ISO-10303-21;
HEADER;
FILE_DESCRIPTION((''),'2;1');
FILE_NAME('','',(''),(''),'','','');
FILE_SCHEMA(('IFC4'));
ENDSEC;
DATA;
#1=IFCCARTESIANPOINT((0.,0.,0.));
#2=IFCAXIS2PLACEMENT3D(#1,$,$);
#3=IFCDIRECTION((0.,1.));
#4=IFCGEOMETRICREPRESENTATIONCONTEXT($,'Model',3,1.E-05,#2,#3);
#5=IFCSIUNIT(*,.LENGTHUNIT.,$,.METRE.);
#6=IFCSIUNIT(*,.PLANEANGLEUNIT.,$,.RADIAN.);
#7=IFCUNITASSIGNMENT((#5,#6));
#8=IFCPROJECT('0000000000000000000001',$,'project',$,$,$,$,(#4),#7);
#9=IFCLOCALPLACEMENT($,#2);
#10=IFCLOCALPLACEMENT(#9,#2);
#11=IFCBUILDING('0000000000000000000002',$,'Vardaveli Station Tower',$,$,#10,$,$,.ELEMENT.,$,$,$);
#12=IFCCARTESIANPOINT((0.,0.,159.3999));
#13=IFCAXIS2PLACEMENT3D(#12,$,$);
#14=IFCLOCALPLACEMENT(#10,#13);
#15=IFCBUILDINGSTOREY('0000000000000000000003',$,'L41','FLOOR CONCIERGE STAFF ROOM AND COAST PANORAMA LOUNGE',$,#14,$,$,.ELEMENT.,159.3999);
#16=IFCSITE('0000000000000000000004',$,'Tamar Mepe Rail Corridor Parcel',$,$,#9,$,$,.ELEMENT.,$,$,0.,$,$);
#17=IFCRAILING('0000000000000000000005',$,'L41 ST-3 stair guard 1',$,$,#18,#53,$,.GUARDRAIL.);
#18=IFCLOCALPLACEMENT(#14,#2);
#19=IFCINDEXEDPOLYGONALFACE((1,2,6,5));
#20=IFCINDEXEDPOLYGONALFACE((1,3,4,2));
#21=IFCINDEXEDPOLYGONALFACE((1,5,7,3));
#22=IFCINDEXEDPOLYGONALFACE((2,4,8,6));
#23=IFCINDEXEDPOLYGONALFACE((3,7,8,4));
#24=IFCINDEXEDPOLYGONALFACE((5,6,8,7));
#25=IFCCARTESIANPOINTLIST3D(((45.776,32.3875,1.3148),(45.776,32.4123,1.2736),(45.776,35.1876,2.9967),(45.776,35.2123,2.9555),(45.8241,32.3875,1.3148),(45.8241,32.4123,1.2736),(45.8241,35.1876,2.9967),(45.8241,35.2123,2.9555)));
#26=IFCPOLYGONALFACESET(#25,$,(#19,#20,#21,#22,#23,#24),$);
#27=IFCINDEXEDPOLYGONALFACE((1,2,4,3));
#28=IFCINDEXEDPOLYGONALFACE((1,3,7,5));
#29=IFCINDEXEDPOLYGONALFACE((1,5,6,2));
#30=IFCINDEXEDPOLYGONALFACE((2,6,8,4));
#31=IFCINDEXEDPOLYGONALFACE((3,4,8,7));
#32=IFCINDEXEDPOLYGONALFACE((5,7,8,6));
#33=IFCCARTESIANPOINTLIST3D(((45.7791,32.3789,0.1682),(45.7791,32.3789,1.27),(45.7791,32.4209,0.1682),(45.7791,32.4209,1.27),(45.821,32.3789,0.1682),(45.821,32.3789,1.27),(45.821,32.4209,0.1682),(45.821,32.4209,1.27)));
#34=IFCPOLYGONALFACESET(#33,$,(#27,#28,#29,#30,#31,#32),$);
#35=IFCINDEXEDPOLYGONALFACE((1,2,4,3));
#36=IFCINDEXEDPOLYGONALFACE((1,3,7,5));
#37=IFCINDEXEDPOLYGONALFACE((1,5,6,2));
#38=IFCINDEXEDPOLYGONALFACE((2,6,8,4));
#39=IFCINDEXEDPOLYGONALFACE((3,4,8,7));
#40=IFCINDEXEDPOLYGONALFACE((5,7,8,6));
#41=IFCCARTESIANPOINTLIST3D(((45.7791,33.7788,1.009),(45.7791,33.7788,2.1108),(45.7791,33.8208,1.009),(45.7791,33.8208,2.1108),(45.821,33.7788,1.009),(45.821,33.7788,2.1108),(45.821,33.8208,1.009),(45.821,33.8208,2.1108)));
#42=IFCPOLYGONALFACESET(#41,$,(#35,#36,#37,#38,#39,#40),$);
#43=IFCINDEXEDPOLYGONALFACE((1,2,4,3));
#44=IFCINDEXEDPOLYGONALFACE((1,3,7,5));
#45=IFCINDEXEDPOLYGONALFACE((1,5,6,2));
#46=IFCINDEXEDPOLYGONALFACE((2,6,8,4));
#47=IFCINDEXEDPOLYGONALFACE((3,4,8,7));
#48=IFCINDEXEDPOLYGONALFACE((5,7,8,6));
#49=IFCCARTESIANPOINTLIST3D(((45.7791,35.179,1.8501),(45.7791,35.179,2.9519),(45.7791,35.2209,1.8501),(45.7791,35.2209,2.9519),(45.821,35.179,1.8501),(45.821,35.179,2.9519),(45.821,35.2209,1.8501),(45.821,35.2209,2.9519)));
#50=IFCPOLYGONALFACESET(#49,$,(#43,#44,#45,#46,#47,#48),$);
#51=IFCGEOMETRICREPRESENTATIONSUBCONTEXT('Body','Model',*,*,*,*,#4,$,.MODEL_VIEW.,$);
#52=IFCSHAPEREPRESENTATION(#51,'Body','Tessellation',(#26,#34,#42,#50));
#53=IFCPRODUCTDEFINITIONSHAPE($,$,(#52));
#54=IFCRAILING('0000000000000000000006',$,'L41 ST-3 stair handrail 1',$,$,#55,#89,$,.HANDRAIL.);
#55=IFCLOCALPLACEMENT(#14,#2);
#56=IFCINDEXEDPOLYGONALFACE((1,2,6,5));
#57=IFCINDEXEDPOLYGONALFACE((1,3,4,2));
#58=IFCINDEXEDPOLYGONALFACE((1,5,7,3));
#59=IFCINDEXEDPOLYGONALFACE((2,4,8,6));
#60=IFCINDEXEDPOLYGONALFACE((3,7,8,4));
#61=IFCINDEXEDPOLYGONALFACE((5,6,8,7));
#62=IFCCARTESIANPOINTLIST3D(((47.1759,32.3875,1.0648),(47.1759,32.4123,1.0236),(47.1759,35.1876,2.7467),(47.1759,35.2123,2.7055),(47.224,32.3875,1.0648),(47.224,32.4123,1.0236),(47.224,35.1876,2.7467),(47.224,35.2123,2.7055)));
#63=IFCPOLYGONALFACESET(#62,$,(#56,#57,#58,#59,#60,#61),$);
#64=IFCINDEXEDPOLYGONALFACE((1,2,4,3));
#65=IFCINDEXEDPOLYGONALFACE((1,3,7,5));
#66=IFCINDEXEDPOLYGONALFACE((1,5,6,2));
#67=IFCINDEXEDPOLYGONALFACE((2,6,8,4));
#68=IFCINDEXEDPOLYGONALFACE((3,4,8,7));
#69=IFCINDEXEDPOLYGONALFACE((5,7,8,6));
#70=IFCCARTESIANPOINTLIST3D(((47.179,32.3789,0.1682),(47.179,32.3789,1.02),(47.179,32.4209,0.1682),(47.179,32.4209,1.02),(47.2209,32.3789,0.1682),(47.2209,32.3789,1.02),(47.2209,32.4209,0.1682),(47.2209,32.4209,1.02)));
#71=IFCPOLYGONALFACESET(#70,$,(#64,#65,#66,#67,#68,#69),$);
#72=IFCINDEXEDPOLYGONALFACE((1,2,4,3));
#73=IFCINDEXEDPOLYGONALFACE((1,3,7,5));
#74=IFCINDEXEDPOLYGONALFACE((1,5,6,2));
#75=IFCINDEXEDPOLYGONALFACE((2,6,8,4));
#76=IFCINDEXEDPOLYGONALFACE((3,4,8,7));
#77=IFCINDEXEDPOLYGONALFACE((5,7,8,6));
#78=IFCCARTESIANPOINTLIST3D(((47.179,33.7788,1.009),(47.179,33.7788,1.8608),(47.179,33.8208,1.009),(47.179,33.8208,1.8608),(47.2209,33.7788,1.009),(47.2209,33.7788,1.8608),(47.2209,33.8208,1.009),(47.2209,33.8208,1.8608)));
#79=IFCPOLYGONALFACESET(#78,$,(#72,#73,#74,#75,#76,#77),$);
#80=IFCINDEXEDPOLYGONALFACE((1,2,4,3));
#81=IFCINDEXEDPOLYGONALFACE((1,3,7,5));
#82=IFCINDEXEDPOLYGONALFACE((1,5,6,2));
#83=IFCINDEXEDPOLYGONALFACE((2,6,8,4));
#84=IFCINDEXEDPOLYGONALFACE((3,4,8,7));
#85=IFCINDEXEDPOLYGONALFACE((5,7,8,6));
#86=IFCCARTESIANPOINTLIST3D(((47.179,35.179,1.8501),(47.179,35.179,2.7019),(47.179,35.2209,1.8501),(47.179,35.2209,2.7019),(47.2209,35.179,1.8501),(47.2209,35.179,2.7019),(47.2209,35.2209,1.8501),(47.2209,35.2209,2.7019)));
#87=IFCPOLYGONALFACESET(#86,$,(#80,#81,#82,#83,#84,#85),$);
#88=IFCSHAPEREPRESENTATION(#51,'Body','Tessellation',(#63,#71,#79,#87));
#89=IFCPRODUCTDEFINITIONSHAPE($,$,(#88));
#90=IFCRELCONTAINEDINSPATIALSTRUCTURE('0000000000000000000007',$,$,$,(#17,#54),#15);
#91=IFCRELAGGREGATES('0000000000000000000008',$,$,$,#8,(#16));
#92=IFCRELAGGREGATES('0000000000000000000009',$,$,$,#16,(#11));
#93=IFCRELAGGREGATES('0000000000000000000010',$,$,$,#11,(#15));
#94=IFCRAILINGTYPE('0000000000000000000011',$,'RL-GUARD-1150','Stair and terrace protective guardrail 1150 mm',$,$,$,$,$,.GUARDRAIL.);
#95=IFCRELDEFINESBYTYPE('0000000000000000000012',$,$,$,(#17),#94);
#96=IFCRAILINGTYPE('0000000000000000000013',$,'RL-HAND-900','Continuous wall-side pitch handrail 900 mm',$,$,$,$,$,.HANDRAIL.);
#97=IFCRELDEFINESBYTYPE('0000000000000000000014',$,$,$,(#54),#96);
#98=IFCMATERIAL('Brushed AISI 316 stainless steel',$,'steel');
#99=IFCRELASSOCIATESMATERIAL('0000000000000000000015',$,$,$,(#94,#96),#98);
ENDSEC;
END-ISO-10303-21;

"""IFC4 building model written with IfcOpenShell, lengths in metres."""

from ifc_helpers import new_model, si_unit, direction, frame, origin, origin_2d, place, context, subcontext, project, spatial, rectangle, extrude, source, transform, mapped, material, type_object, element, save


model = new_model("IFC4")

# Units and contexts
model_context = context("Model", 3, precision=1e-05, world=origin(), true_north=direction((0.0, 1.0)))
body_context = subcontext(model_context, "Body", "Model", "MODEL_VIEW")
ifc_project = project(units=[si_unit("LENGTHUNIT", "METRE"), si_unit("PLANEANGLEUNIT", "RADIAN")], contexts=[model_context])

# Site, building, storey
site_placement = place(None, origin())
site = spatial("IfcSite", under=ifc_project, at=site_placement, Name="Tamar Mepe Rail Corridor Parcel", CompositionType="ELEMENT", RefElevation=0.0)
building_placement = place(site_placement, origin())
building = spatial("IfcBuilding", under=site, at=building_placement, Name="Vardaveli Station Tower", CompositionType="ELEMENT")
storey_placement = place(building_placement, frame((0.0, 0.0, 159.3999)))
storey = spatial("IfcBuildingStorey", under=building, at=storey_placement, Name="L41", Description="FLOOR CONCIERGE STAFF ROOM AND COAST PANORAMA LOUNGE", CompositionType="ELEMENT", Elevation=159.3999)

# Railings
ifc_material_1 = material(Name="Brushed AISI 316 stainless steel", Category="steel")
railing_type_1 = type_object("IfcRailingType", Name="RL-GUARD-1150", Description="Stair and terrace protective guardrail 1150 mm", PredefinedType="GUARDRAIL", material=ifc_material_1)
railing_type_2 = type_object("IfcRailingType", Name="RL-HAND-900", Description="Continuous wall-side pitch handrail 900 mm", PredefinedType="HANDRAIL", material=ifc_material_1)
shared_shape_1 = source(origin(), body_context, "Body", "SweptSolid", [
    extrude(rectangle(XDim=0.0481, YDim=0.0481, at=origin_2d()), frame((0.0, 0.0, 1.126), z_axis=(0.0, 0.857242, 0.514913), x_axis=(-1.0, 0.0, 0.0)), (0.0, 0.0, 1.0), 3.2664),
    extrude(rectangle(XDim=0.042, YDim=0.042, at=origin_2d()), origin(), (0.0, 0.0, 1.0), 1.1018),
    extrude(rectangle(XDim=0.042, YDim=0.042, at=origin_2d()), frame((0.0, 1.3999, 0.8408)), (0.0, 0.0, 1.0), 1.1018),
    extrude(rectangle(XDim=0.042, YDim=0.042, at=origin_2d()), frame((0.0, 2.8, 1.6819)), (0.0, 0.0, 1.0), 1.1018),
])
railing_1_placement = place(storey_placement, frame((45.8, 32.3999, 0.1682)))
element("IfcRailing", 1, at=railing_1_placement, inside=storey, type_object=railing_type_1, Name="L41 ST-3 stair guard 1", PredefinedType="GUARDRAIL", context=body_context, shape_type="MappedRepresentation", body=[
    mapped(shared_shape_1, transform((0.0, 0.0, 0.0), scale=1.0)),
])
shared_shape_2 = source(origin(), body_context, "Body", "SweptSolid", [
    extrude(rectangle(XDim=0.0481, YDim=0.0481, at=origin_2d()), frame((0.0, 0.0, 0.876), z_axis=(0.0, 0.857242, 0.514913), x_axis=(-1.0, 0.0, 0.0)), (0.0, 0.0, 1.0), 3.2664),
    extrude(rectangle(XDim=0.042, YDim=0.042, at=origin_2d()), origin(), (0.0, 0.0, 1.0), 0.8518),
    extrude(rectangle(XDim=0.042, YDim=0.042, at=origin_2d()), frame((0.0, 1.3999, 0.8408)), (0.0, 0.0, 1.0), 0.8518),
    extrude(rectangle(XDim=0.042, YDim=0.042, at=origin_2d()), frame((0.0, 2.8, 1.6819)), (0.0, 0.0, 1.0), 0.8518),
])
railing_2_placement = place(storey_placement, frame((47.2, 32.3999, 0.1682)))
element("IfcRailing", 2, at=railing_2_placement, inside=storey, type_object=railing_type_2, Name="L41 ST-3 stair handrail 1", PredefinedType="HANDRAIL", context=body_context, shape_type="MappedRepresentation", body=[
    mapped(shared_shape_2, transform((0.0, 0.0, 0.0), scale=1.0)),
])

save(model, "model.ifc")
